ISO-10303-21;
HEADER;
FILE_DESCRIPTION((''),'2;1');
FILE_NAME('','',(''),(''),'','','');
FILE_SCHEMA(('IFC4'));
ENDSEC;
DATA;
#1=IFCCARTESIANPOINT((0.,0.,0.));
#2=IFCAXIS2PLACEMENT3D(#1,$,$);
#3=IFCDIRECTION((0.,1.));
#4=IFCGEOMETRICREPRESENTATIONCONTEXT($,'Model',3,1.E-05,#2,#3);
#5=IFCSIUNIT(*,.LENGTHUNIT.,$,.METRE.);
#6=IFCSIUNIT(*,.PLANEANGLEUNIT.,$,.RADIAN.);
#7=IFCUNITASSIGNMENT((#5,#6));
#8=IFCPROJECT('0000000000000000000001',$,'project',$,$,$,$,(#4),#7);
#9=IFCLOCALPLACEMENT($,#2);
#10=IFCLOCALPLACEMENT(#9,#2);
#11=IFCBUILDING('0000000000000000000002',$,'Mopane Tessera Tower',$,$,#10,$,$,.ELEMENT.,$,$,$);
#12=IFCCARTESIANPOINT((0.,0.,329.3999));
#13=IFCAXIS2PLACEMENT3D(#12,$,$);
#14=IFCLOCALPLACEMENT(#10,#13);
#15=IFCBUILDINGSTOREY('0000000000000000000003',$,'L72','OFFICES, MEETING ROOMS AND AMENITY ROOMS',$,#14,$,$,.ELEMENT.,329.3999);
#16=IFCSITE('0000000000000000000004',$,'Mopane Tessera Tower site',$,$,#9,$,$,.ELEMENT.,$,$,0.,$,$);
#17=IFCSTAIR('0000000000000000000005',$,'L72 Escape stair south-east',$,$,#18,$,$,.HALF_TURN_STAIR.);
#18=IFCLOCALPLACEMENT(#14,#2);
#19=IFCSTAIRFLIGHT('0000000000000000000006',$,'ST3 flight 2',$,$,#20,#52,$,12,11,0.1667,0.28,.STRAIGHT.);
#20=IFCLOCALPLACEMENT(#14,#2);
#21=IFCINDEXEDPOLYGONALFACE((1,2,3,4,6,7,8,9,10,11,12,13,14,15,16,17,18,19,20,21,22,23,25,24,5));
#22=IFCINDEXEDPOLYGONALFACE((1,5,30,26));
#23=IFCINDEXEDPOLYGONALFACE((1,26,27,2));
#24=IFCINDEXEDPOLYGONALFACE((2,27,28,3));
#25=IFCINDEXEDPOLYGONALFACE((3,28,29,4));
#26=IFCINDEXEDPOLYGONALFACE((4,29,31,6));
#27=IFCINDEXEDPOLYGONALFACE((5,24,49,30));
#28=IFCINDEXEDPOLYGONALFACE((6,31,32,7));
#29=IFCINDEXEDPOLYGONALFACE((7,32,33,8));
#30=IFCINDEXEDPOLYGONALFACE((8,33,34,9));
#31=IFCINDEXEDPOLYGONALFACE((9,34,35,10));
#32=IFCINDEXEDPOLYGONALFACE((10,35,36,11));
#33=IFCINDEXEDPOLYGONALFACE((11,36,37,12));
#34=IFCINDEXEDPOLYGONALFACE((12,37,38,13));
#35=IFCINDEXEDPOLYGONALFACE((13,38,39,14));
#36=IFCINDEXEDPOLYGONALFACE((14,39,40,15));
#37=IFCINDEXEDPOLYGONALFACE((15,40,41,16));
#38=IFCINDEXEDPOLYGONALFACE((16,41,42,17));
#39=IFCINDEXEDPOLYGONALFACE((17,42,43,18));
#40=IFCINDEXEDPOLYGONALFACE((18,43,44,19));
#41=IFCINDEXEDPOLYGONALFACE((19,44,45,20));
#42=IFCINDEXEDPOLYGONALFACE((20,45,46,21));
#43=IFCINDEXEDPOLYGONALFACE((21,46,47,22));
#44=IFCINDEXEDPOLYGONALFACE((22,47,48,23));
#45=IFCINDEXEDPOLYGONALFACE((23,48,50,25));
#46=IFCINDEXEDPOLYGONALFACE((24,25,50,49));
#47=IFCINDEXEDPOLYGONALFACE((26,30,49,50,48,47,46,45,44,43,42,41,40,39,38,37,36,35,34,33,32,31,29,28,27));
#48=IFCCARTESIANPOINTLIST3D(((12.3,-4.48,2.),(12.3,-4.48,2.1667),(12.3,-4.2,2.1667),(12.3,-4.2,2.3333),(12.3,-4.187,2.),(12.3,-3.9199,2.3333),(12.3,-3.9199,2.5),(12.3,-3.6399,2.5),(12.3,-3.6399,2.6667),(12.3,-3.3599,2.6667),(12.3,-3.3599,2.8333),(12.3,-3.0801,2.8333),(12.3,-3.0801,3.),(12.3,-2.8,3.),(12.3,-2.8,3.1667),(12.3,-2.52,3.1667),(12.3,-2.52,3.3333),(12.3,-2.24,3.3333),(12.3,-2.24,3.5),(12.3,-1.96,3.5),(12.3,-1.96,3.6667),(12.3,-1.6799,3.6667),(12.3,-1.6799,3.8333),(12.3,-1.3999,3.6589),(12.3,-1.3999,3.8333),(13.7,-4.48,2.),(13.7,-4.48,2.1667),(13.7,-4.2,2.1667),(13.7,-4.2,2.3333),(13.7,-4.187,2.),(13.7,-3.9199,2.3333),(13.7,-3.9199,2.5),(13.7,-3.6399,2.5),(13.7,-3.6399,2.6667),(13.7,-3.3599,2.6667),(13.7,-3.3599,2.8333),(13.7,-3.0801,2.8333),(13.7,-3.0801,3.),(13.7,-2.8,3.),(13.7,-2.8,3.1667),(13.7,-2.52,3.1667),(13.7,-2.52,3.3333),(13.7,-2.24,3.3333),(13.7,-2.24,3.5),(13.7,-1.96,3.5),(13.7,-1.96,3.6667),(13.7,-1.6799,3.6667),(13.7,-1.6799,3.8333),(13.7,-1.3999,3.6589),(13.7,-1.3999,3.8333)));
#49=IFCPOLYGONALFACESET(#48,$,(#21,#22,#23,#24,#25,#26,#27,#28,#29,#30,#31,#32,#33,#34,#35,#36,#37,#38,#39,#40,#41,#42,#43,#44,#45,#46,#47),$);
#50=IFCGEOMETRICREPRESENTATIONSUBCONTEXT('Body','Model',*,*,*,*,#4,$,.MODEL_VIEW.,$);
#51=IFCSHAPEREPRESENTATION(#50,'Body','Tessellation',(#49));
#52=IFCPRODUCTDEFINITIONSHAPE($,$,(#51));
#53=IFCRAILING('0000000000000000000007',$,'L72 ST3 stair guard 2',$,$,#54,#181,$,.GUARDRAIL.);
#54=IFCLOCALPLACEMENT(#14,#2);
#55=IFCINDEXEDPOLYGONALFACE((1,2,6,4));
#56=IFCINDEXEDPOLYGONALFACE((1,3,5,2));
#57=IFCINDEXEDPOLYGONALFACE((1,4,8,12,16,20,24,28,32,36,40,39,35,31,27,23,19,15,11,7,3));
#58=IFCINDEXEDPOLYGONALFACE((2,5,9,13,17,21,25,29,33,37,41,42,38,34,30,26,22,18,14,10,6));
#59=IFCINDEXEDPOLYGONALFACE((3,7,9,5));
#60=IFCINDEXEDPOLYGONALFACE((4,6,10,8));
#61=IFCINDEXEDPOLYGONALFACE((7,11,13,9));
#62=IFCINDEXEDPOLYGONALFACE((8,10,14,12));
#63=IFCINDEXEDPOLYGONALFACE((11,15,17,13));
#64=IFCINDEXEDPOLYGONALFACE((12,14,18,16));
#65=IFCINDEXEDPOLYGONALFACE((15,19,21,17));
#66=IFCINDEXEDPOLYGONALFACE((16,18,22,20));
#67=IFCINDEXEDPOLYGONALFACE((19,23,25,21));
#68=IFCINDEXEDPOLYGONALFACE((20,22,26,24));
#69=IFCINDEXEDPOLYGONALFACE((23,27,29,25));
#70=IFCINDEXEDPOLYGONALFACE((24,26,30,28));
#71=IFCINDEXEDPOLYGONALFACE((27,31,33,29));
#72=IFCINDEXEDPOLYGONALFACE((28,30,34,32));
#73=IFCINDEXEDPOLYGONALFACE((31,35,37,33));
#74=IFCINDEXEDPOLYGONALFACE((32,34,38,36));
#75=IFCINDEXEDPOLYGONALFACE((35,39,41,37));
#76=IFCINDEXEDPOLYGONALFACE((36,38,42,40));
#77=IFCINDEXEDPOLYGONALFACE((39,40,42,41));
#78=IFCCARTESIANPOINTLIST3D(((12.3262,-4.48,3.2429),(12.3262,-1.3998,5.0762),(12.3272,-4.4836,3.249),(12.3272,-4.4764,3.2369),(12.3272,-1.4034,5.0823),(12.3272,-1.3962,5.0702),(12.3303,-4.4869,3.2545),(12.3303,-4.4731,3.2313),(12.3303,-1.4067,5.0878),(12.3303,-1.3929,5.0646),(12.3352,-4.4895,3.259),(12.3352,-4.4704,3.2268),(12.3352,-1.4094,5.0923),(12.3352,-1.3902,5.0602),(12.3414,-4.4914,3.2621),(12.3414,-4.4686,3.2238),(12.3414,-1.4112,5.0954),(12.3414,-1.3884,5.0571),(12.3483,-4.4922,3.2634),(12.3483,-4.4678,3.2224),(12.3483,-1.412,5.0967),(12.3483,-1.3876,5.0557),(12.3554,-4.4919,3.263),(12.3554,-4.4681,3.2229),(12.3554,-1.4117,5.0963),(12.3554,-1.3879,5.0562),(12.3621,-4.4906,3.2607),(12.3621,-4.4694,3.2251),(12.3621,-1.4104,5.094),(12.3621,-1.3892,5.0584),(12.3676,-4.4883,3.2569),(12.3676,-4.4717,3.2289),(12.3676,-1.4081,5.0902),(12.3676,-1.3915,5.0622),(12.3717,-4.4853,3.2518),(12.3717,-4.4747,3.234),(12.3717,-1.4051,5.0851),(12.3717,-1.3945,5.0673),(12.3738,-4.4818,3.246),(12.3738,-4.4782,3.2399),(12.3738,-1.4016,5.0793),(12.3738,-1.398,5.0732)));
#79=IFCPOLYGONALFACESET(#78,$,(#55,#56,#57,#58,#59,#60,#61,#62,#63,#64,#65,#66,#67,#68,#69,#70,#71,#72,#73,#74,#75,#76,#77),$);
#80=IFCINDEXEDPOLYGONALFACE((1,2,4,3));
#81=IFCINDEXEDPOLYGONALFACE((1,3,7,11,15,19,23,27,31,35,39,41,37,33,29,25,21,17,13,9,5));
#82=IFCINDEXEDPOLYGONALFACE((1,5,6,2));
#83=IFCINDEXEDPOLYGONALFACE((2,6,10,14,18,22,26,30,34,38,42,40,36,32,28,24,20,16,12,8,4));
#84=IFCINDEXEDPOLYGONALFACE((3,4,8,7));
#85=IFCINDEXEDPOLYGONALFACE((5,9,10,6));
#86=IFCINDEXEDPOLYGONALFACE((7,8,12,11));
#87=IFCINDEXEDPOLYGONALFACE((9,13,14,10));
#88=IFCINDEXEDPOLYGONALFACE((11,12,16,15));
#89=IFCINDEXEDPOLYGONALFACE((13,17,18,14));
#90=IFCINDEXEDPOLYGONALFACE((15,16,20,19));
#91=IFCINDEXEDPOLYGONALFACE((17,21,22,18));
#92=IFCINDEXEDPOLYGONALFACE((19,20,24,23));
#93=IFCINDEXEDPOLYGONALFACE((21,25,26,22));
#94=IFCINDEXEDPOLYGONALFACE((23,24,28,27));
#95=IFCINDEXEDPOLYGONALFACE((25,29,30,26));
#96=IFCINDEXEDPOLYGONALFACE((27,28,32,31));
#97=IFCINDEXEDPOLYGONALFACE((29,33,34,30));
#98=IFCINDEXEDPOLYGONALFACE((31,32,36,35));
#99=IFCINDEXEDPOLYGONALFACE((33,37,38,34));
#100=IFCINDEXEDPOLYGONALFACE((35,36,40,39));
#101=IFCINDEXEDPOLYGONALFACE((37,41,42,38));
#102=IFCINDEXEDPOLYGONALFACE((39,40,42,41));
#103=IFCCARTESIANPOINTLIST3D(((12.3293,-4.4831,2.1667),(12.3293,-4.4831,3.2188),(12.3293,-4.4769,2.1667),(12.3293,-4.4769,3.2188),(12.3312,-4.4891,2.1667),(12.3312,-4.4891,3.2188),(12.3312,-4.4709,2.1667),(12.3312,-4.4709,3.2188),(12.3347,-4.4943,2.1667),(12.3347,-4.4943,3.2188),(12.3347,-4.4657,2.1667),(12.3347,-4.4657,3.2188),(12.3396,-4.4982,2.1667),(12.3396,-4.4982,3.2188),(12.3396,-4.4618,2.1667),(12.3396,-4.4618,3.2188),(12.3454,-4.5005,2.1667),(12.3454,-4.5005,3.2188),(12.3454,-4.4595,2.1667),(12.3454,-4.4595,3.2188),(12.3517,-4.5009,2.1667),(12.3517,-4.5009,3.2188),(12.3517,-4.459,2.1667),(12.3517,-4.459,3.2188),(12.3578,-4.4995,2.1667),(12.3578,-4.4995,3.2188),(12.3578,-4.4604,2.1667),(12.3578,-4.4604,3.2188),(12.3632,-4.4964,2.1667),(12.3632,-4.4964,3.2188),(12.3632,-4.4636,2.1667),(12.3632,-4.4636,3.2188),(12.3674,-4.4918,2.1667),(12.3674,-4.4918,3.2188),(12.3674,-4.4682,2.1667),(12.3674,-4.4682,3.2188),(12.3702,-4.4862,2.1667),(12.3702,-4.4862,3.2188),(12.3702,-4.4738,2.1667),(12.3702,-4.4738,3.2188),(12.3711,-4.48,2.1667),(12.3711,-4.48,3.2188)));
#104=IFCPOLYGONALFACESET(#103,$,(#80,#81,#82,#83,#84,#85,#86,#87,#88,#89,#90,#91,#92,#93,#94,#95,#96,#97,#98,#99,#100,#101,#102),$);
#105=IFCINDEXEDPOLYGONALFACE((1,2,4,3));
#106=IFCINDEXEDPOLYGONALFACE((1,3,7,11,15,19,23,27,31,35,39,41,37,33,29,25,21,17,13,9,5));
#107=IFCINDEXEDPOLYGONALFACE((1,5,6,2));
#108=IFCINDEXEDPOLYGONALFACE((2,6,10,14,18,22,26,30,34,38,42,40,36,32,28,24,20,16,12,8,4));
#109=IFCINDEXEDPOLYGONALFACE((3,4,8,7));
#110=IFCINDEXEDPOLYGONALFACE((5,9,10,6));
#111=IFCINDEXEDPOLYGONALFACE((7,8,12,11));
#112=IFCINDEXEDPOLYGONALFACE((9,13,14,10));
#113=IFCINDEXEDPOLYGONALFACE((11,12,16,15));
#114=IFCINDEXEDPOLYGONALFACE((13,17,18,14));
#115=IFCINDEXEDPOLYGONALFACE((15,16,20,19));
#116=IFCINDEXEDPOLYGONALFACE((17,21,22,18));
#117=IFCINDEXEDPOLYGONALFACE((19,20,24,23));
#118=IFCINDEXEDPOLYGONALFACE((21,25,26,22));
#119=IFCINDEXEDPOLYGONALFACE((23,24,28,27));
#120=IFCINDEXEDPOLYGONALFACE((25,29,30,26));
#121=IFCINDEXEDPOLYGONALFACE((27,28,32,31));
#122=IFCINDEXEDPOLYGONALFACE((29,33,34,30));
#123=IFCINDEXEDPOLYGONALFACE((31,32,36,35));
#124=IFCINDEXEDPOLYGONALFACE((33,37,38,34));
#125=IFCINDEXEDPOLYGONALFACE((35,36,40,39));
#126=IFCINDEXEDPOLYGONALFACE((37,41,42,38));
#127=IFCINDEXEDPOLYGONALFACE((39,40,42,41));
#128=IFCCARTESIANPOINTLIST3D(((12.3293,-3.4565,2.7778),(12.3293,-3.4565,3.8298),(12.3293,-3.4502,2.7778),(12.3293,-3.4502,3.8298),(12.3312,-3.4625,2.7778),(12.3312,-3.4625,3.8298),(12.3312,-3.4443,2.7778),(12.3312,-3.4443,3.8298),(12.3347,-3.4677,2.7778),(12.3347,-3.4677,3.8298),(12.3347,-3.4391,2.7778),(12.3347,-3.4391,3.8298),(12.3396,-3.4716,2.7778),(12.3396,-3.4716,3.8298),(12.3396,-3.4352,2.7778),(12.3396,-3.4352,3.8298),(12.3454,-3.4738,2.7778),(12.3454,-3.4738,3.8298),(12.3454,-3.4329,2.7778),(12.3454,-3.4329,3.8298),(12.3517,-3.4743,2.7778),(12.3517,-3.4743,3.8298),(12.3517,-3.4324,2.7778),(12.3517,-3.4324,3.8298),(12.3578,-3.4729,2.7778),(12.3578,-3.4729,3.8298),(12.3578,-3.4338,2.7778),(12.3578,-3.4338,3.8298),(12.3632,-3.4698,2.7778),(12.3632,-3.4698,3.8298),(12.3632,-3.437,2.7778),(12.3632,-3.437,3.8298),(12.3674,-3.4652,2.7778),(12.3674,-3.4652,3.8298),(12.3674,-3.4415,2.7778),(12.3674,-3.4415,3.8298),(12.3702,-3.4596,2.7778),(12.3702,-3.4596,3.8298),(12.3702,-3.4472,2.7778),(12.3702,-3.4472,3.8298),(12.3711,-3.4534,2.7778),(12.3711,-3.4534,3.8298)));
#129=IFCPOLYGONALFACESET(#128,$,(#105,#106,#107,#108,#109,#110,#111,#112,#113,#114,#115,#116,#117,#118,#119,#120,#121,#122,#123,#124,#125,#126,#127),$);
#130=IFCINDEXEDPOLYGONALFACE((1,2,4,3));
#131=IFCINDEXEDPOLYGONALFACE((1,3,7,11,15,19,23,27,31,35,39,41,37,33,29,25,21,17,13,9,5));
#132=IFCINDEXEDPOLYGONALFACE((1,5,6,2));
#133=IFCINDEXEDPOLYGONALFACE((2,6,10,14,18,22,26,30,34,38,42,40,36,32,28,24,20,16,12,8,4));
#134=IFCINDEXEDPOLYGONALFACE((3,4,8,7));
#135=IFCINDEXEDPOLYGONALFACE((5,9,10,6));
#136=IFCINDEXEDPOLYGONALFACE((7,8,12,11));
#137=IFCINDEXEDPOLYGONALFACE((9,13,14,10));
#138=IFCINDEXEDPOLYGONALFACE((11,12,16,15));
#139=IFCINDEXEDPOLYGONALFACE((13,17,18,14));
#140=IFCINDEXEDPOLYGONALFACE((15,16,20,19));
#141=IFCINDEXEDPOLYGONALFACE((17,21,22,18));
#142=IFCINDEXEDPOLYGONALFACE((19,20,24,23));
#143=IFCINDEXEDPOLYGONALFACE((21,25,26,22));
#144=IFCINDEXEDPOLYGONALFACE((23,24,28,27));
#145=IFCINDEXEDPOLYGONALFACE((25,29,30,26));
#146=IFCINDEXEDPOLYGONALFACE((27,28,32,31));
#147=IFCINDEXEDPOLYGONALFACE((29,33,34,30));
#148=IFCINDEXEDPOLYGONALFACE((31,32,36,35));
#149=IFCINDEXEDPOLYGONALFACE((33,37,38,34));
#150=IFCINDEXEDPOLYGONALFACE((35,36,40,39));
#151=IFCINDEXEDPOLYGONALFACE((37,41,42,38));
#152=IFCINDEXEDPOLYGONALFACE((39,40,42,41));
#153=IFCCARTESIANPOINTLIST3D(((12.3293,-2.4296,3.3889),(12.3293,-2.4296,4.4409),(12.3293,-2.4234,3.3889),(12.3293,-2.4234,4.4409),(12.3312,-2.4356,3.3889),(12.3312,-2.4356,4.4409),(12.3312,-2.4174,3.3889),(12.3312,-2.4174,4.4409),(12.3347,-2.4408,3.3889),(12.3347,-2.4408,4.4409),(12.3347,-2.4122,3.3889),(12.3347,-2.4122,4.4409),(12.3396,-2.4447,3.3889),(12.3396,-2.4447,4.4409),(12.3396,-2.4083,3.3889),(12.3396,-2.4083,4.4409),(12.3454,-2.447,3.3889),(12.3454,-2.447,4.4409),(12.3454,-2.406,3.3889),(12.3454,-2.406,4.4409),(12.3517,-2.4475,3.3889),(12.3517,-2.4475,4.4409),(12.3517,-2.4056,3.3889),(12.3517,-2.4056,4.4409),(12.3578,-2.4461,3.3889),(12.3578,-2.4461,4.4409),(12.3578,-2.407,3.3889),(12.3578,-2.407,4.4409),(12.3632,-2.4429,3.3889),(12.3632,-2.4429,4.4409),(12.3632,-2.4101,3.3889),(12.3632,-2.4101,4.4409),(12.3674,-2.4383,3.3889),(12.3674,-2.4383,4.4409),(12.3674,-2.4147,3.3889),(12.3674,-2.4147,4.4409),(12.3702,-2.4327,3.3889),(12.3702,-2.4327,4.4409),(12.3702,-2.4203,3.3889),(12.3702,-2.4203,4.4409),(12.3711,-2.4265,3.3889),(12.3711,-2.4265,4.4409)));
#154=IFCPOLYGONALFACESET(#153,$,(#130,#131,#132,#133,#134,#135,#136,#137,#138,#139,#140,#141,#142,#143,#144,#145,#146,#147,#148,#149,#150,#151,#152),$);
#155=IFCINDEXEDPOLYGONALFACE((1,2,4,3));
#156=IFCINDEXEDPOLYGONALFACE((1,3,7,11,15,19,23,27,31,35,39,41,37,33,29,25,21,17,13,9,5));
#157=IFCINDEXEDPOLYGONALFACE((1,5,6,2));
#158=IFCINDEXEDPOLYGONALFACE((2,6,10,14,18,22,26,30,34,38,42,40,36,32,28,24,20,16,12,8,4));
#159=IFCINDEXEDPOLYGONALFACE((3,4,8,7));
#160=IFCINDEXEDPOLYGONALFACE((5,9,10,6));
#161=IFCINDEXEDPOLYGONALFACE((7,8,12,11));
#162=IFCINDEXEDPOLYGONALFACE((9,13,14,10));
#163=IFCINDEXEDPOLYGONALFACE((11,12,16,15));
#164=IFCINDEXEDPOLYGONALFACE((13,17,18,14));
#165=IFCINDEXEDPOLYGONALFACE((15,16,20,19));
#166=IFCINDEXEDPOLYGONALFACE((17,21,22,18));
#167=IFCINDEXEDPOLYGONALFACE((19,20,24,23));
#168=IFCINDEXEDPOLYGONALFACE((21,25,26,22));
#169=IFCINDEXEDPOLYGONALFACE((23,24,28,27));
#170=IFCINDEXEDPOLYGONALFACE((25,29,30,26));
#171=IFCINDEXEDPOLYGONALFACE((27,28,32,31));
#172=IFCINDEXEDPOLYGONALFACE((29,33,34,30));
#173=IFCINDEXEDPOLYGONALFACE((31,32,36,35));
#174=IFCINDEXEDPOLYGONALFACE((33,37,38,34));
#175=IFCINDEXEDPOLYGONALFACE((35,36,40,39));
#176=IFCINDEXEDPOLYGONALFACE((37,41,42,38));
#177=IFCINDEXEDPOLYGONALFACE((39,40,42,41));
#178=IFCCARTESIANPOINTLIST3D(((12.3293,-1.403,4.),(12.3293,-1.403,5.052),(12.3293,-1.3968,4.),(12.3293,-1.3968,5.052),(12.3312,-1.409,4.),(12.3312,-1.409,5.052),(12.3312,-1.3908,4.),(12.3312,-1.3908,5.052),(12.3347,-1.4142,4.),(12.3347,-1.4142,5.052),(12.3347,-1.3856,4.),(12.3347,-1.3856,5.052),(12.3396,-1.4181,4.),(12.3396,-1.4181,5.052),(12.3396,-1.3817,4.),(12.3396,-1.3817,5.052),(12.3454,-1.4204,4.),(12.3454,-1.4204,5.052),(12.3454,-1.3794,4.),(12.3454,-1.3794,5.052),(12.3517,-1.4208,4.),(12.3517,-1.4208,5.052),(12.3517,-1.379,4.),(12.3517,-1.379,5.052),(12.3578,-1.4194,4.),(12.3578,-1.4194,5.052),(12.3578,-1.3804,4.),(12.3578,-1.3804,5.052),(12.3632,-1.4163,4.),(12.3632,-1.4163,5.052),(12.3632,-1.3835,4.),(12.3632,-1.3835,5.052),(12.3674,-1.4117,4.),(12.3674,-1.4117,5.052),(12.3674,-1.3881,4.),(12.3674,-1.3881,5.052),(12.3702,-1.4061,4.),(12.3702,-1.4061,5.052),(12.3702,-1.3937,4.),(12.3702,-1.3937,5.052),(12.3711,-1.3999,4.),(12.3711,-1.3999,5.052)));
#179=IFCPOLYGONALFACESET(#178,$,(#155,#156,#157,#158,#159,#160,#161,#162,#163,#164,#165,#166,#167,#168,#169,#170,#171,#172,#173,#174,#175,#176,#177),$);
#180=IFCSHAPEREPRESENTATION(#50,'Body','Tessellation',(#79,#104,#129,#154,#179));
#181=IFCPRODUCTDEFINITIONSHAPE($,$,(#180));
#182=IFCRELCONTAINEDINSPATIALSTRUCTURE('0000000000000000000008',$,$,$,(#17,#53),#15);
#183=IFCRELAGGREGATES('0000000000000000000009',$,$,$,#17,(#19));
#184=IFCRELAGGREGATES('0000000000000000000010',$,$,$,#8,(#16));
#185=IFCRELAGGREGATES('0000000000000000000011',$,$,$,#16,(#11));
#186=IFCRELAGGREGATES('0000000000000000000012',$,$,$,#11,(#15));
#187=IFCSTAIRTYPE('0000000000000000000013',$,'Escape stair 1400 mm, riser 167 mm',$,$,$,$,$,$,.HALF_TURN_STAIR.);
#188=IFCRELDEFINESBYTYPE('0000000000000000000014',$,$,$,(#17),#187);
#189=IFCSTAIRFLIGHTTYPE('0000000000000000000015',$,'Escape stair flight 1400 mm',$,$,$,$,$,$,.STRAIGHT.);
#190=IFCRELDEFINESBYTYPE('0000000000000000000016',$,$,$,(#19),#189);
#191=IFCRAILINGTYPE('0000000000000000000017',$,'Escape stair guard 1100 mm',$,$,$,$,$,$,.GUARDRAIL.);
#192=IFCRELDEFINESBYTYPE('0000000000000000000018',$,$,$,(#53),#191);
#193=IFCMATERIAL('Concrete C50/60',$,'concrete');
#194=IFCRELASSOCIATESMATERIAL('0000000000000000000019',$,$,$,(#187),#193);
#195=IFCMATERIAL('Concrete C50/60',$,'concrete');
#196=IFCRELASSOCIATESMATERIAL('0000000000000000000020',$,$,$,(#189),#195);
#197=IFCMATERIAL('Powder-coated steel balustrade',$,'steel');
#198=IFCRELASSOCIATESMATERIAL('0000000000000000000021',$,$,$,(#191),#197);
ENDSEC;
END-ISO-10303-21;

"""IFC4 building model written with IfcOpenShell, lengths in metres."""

from ifc_helpers import new_model, si_unit, direction, frame, origin, origin_2d, place, context, subcontext, project, spatial, polyline, circle, outline, extrude, material, type_object, element, aggregate, save


model = new_model("IFC4")

# Units and contexts
model_context = context("Model", 3, precision=1e-05, world=origin(), true_north=direction((0.0, 1.0)))
body_context = subcontext(model_context, "Body", "Model", "MODEL_VIEW")
ifc_project = project(units=[si_unit("LENGTHUNIT", "METRE"), si_unit("PLANEANGLEUNIT", "RADIAN")], contexts=[model_context])

# Site, building, storey
site_placement = place(None, origin())
site = spatial("IfcSite", under=ifc_project, at=site_placement, Name="Mopane Tessera Tower site", CompositionType="ELEMENT", RefElevation=0.0)
building_placement = place(site_placement, origin())
building = spatial("IfcBuilding", under=site, at=building_placement, Name="Mopane Tessera Tower", CompositionType="ELEMENT")
storey_placement = place(building_placement, frame((0.0, 0.0, 329.3999)))
storey = spatial("IfcBuildingStorey", under=building, at=storey_placement, Name="L72", Description="OFFICES, MEETING ROOMS AND AMENITY ROOMS", CompositionType="ELEMENT", Elevation=329.3999)

# Stair, stair flight
ifc_material_1 = material(Name="Concrete C50/60", Category="concrete")
stair_type = type_object("IfcStairType", Name="Escape stair 1400 mm, riser 167 mm", PredefinedType="HALF_TURN_STAIR", material=ifc_material_1)
stair_placement = place(storey_placement, origin())
stair = element("IfcStair", 1, at=stair_placement, inside=storey, type_object=stair_type, Name="L72 Escape stair south-east", PredefinedType="HALF_TURN_STAIR")
ifc_material_2 = material(Name="Concrete C50/60", Category="concrete")
stair_flight_type = type_object("IfcStairFlightType", Name="Escape stair flight 1400 mm", PredefinedType="STRAIGHT", material=ifc_material_2)
stair_flight_1_placement = place(storey_placement, frame((13.0, -4.48, 2.0), z_axis=(0.0, 0.0, 1.0), x_axis=(0.0, 1.0, 0.0)))
stair_flight_1 = element("IfcStairFlight", 2, at=stair_flight_1_placement, type_object=stair_flight_type, Name="ST3 flight 2", NumberOfRisers=12, NumberOfTreads=11, PredefinedType="STRAIGHT", RiserHeight=0.1667, TreadLength=0.28, context=body_context, shape_type="SweptSolid", body=[
    extrude(outline(polyline([(0.0, 0.0), (0.0, 0.1667), (0.28, 0.1667), (0.28, 0.3333), (0.5601, 0.3333), (0.5601, 0.5), (0.8401, 0.5), (0.8401, 0.6667), (1.1201, 0.6667), (1.1201, 0.8333), (1.3999, 0.8333), (1.3999, 1.0), (1.6799, 1.0), (1.6799, 1.1667), (1.96, 1.1667), (1.96, 1.3333), (2.24, 1.3333), (2.24, 1.5), (2.52, 1.5), (2.52, 1.6667), (2.8, 1.6667), (2.8, 1.8333), (3.0801, 1.8333), (3.0801, 2.0), (3.0801, 1.6589), (0.293, 0.0), (0.0, 0.0)])), frame((0.0, 0.7, 0.0), z_axis=(0.0, -1.0, 0.0), x_axis=(1.0, 0.0, 0.0)), (0.0, 0.0, 1.0), 1.3999),
])
aggregate(stair, [stair_flight_1])

# Railing
ifc_material_3 = material(Name="Powder-coated steel balustrade", Category="steel")
railing_type_1 = type_object("IfcRailingType", Name="Escape stair guard 1100 mm", PredefinedType="GUARDRAIL", material=ifc_material_3)
railing_1_placement = place(storey_placement, frame((12.3501, -4.48, 2.1667)))
element("IfcRailing", 3, at=railing_1_placement, inside=storey, type_object=railing_type_1, Name="L72 ST3 stair guard 2", PredefinedType="GUARDRAIL", context=body_context, shape_type="SweptSolid", body=[
    extrude(circle(Radius=0.0239, at=origin_2d()), frame((0.0, 0.0, 1.0762), z_axis=(0.0, 0.859309, 0.511458), x_axis=(-1.0, 0.0, 0.0)), (0.0, 0.0, 1.0), 3.5845),
    extrude(circle(Radius=0.021, at=origin_2d()), origin(), (0.0, 0.0, 1.0), 1.052),
    extrude(circle(Radius=0.021, at=origin_2d()), frame((0.0, 1.0266, 0.6111)), (0.0, 0.0, 1.0), 1.052),
    extrude(circle(Radius=0.021, at=origin_2d()), frame((0.0, 2.0535, 1.2222)), (0.0, 0.0, 1.0), 1.052),
    extrude(circle(Radius=0.021, at=origin_2d()), frame((0.0, 3.0801, 1.8333)), (0.0, 0.0, 1.0), 1.052),
])

save(model, "model.ifc")
